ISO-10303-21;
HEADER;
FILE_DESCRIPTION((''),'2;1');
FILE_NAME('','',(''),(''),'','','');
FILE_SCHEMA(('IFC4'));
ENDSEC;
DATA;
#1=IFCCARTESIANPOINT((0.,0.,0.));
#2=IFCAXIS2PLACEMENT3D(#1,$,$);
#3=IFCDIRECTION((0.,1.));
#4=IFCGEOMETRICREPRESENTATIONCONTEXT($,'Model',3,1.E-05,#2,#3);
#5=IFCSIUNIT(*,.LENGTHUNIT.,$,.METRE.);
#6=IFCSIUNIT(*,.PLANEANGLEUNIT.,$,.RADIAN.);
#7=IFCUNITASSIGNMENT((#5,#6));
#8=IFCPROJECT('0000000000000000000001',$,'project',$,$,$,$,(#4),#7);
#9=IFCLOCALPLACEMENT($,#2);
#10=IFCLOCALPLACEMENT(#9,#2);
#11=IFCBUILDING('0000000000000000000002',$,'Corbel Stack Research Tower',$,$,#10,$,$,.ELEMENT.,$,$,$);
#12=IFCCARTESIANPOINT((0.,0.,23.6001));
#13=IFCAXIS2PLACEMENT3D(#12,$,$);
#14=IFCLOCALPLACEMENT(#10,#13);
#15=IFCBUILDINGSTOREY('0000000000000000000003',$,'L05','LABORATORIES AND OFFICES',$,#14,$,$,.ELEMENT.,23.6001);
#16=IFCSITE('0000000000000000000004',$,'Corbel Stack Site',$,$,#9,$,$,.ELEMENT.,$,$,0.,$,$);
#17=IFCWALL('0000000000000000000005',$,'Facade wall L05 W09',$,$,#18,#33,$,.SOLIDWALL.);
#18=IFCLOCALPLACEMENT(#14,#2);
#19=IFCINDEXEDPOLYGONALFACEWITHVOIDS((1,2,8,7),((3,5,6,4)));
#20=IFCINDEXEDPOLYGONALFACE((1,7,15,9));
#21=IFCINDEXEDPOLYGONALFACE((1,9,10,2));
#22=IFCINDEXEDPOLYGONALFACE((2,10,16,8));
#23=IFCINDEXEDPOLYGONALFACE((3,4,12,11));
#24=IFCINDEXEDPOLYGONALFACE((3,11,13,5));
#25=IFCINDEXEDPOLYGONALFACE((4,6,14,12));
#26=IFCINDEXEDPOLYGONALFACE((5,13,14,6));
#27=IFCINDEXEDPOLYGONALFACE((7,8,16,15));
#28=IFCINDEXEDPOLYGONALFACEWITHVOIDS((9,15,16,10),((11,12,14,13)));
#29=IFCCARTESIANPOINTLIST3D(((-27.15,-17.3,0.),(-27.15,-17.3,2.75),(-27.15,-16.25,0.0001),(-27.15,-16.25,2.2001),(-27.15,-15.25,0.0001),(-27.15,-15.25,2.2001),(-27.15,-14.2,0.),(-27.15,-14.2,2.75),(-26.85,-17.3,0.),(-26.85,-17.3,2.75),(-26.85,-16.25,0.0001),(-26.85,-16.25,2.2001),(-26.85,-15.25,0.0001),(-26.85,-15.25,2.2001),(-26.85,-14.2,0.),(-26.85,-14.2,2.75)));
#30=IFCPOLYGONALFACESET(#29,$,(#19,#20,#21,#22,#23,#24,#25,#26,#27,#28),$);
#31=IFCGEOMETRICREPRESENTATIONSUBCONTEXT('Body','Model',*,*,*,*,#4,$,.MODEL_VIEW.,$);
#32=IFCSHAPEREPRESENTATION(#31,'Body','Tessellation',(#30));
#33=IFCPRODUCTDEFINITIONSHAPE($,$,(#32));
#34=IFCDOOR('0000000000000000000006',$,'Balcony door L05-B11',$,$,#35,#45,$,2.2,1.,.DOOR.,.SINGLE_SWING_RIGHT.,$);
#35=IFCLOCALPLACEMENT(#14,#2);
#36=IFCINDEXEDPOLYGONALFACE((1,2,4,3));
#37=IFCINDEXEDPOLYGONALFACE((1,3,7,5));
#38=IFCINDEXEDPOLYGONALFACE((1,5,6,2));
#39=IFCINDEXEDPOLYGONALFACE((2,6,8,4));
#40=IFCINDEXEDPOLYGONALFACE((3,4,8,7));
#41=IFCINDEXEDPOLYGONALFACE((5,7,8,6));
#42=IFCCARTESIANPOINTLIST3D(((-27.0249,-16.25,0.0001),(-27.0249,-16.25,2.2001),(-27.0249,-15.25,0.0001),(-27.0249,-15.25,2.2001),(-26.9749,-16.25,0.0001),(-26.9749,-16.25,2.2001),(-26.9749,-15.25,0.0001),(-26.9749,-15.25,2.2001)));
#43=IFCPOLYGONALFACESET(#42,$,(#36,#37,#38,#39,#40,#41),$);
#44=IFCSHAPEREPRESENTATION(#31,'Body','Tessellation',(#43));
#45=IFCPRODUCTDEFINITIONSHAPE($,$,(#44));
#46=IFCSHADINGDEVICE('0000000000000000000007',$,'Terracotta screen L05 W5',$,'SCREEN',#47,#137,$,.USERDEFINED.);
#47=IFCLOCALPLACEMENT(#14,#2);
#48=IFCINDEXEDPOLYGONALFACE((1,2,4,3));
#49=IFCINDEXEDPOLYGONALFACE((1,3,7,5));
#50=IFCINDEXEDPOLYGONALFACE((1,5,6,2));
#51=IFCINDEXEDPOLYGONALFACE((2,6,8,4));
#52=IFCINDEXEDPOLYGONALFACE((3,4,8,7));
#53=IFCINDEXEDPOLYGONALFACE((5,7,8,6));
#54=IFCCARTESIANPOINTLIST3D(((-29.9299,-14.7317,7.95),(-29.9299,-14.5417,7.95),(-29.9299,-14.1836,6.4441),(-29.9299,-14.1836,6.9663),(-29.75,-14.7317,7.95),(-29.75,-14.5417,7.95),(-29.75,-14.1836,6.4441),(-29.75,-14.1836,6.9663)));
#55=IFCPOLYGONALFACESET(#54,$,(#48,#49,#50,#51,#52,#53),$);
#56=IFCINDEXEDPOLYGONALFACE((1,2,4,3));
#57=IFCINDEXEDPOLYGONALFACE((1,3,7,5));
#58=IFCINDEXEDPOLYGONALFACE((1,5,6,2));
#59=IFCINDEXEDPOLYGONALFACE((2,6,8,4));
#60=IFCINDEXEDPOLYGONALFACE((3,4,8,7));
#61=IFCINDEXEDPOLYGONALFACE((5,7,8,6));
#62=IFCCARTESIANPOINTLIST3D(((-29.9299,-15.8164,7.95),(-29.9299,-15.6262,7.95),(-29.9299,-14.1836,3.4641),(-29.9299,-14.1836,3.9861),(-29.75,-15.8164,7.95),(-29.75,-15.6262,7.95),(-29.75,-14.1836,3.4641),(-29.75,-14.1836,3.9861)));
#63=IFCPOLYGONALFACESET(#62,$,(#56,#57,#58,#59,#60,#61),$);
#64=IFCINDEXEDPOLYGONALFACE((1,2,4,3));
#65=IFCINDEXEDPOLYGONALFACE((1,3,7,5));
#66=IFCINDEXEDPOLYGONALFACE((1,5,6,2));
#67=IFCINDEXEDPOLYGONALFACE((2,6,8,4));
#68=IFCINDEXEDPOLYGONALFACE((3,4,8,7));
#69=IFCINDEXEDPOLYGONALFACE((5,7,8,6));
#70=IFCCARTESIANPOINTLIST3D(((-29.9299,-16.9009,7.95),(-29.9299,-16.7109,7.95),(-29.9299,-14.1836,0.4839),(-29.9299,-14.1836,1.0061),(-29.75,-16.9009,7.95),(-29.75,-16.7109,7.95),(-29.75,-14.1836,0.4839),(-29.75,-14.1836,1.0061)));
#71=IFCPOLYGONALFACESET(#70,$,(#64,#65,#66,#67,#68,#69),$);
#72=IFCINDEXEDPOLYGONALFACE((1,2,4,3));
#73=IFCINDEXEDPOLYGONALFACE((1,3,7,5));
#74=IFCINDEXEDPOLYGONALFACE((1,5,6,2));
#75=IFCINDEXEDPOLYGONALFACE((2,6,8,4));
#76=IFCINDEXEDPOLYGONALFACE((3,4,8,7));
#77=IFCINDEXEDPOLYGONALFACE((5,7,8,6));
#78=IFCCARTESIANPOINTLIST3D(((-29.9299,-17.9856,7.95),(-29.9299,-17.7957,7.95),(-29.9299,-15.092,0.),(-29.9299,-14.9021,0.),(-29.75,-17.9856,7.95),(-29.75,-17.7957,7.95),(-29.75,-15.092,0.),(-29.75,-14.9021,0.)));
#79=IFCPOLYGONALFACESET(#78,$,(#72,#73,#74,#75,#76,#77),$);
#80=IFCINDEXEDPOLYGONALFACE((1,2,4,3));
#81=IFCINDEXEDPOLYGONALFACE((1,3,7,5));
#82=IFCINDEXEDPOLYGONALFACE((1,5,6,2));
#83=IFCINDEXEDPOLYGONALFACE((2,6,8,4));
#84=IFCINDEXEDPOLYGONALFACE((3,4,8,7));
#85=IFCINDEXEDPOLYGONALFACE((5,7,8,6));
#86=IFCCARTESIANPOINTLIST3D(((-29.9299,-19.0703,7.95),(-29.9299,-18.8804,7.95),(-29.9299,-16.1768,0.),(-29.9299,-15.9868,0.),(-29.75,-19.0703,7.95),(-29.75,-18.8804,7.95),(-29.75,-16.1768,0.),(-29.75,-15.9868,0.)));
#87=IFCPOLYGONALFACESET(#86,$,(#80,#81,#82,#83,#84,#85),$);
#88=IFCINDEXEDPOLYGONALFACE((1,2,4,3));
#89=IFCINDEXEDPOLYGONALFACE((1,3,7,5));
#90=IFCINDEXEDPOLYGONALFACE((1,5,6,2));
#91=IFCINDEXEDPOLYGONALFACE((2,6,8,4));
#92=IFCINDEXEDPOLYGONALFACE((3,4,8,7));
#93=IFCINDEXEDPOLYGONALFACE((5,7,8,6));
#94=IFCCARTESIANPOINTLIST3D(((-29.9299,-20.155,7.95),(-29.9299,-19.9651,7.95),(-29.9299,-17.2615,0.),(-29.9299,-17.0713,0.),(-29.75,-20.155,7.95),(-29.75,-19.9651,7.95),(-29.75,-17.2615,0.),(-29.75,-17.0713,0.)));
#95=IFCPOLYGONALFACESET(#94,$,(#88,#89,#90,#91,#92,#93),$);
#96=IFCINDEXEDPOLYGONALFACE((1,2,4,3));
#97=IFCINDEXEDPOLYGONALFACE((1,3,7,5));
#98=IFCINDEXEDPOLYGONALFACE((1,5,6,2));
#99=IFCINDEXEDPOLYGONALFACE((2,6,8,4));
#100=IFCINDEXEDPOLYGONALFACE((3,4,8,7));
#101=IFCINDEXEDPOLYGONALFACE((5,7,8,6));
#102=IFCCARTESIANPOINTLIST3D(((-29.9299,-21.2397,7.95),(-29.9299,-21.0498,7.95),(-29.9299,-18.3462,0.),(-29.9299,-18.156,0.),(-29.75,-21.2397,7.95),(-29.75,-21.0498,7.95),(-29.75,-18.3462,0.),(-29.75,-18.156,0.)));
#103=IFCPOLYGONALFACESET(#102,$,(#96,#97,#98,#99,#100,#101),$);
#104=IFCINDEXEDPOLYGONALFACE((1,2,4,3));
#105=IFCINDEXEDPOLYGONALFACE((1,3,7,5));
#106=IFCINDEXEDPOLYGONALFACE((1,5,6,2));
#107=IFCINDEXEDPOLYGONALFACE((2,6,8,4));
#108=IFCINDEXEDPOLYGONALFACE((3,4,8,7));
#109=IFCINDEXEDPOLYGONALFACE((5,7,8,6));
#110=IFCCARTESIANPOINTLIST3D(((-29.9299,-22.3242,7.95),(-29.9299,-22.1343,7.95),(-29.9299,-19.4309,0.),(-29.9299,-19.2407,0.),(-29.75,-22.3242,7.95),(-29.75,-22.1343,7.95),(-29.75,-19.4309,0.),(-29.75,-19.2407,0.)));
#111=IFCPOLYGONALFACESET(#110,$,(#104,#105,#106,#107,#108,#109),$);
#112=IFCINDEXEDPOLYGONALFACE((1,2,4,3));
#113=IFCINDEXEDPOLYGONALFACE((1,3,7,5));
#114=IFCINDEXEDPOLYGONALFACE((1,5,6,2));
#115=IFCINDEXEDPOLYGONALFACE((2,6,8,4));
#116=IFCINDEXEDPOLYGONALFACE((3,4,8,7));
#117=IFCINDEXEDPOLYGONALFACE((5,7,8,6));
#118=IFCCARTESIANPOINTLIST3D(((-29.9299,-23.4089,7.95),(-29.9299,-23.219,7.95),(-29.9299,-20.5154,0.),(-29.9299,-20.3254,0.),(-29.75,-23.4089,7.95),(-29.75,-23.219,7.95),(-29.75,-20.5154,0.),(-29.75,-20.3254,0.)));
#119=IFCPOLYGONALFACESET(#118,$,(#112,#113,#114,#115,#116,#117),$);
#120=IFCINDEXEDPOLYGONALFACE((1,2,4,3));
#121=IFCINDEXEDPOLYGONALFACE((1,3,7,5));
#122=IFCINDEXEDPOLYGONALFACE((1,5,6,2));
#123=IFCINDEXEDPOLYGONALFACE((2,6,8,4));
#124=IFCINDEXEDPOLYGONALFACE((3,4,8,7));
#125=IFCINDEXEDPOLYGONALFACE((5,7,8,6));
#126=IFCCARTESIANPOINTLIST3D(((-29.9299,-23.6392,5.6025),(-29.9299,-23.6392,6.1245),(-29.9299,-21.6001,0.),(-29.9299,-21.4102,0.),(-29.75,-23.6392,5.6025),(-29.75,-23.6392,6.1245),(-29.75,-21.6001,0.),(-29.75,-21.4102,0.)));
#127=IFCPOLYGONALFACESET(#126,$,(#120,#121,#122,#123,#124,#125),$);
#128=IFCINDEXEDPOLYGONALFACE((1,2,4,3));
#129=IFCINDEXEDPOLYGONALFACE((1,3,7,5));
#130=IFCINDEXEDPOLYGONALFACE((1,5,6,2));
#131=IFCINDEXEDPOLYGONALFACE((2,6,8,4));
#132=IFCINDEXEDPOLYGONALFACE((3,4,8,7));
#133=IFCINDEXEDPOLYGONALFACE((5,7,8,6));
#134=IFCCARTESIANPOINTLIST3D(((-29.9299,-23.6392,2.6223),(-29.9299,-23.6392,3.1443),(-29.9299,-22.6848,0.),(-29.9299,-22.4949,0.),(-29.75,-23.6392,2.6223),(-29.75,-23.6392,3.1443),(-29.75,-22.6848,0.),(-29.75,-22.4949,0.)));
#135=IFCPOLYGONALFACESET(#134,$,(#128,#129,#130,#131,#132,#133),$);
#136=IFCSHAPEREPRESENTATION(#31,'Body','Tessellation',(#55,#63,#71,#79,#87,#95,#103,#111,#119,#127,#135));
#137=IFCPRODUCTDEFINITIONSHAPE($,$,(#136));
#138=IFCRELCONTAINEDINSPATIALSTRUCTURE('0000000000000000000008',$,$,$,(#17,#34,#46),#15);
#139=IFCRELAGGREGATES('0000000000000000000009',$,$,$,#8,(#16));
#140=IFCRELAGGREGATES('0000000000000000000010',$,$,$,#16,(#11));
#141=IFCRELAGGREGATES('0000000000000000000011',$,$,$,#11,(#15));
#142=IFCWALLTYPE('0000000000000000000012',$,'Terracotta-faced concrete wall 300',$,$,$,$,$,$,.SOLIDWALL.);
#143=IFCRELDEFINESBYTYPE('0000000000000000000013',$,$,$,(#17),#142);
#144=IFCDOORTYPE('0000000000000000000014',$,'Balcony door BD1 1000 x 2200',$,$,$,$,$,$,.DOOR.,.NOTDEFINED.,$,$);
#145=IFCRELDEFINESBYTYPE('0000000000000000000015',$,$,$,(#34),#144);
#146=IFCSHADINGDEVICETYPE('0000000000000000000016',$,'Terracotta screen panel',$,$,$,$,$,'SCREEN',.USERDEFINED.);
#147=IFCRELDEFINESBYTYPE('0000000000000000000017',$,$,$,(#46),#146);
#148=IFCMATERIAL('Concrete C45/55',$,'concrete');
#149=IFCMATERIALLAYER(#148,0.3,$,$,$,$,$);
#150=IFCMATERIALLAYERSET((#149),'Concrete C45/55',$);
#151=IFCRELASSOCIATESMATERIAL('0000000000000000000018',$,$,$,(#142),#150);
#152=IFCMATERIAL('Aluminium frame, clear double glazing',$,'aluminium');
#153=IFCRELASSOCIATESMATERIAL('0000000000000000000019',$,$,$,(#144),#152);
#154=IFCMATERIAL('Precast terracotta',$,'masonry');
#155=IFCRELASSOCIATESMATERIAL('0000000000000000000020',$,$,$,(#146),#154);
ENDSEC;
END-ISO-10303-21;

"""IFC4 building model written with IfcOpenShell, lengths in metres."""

from ifc_helpers import new_model, si_unit, direction, frame, frame_2d, origin, place, context, subcontext, project, spatial, polyline, rectangle, outline, extrude, source, transform, mapped, material, layer, layer_set, type_object, element, fill, save


model = new_model("IFC4")

# Units and contexts
model_context = context("Model", 3, precision=1e-05, world=origin(), true_north=direction((0.0, 1.0)))
body_context = subcontext(model_context, "Body", "Model", "MODEL_VIEW")
ifc_project = project(units=[si_unit("LENGTHUNIT", "METRE"), si_unit("PLANEANGLEUNIT", "RADIAN")], contexts=[model_context])

# Site, building, storey
site_placement = place(None, origin())
site = spatial("IfcSite", under=ifc_project, at=site_placement, Name="Corbel Stack Site", CompositionType="ELEMENT", RefElevation=0.0)
building_placement = place(site_placement, origin())
building = spatial("IfcBuilding", under=site, at=building_placement, Name="Corbel Stack Research Tower", CompositionType="ELEMENT")
storey_placement = place(building_placement, frame((0.0, 0.0, 23.6001)))
storey = spatial("IfcBuildingStorey", under=building, at=storey_placement, Name="L05", Description="LABORATORIES AND OFFICES", CompositionType="ELEMENT", Elevation=23.6001)

# Shared definitions
ifc_material_1 = material(Name="Concrete C45/55", Category="concrete")
ifc_layer_1 = layer(ifc_material_1, 0.3)
ifc_layer_set_1 = layer_set([ifc_layer_1], Name="Concrete C45/55")
wall_type_1 = type_object("IfcWallType", Name="Terracotta-faced concrete wall 300", PredefinedType="SOLIDWALL", material=ifc_layer_set_1)

# Wall, opening, door
wall_1_placement = place(storey_placement, frame((-27.0, -17.3, 0.0), z_axis=(0.0, 0.0, 1.0), x_axis=(0.0, 1.0, 0.0)))
wall_1 = element("IfcWall", 1, at=wall_1_placement, inside=storey, type_object=wall_type_1, Name="Facade wall L05 W09", PredefinedType="SOLIDWALL", context=body_context, shape_type="SweptSolid", body=[
    extrude(rectangle(XDim=3.1001, YDim=0.3, at=frame_2d((1.55, 0.0))), origin(), (0.0, 0.0, 1.0), 2.75),
])
opening_1_placement = place(wall_1_placement, frame((1.05, 0.0, 0.0)))
opening_1 = element("IfcOpeningElement", 2, at=opening_1_placement, cuts=wall_1, PredefinedType="OPENING", context=body_context, shape_type="SweptSolid", body=[
    extrude(rectangle(XDim=1.0, YDim=2.2, at=frame_2d((0.5, 1.1001))), frame((0.0, 0.1599, 0.0), z_axis=(0.0, -1.0, 0.0), x_axis=(1.0, 0.0, 0.0)), (0.0, 0.0, 1.0), 0.3201),
])
ifc_material_2 = material(Name="Aluminium frame, clear double glazing", Category="aluminium")
door_type_1 = type_object("IfcDoorType", Name="Balcony door BD1 1000 x 2200", OperationType="NOTDEFINED", PredefinedType="DOOR", material=ifc_material_2)
door_1_placement = place(opening_1_placement, origin())
door_1 = element("IfcDoor", 3, at=door_1_placement, inside=storey, type_object=door_type_1, Name="Balcony door L05-B11", OperationType="SINGLE_SWING_RIGHT", OverallHeight=2.2, OverallWidth=1.0, PredefinedType="DOOR", context=body_context, shape_type="SweptSolid", body=[
    extrude(rectangle(XDim=1.0, YDim=2.2, at=frame_2d((0.5, 1.1001))), frame((0.0, 0.0249, 0.0), z_axis=(0.0, -1.0, 0.0), x_axis=(1.0, 0.0, 0.0)), (0.0, 0.0, 1.0), 0.05),
])
fill(opening_1, door_1)

# Shading device
ifc_material_3 = material(Name="Precast terracotta", Category="masonry")
shading_device_type = type_object("IfcShadingDeviceType", Name="Terracotta screen panel", ElementType="SCREEN", PredefinedType="USERDEFINED", material=ifc_material_3)
shared_shape_1 = source(origin(), body_context, "Body", "SweptSolid", [
    extrude(outline(polyline([(0.5481, 7.95), (0.3582, 7.95), (0.0, 6.9663), (0.0, 6.4441), (0.5481, 7.95)])), frame((0.0, 0.0, 0.0), z_axis=(0.0, -1.0, 0.0), x_axis=(1.0, 0.0, 0.0)), (0.0, 0.0, 1.0), 0.1799),
    extrude(outline(polyline([(1.6328, 7.95), (1.4426, 7.95), (0.0, 3.9861), (0.0, 3.4641), (1.6328, 7.95)])), frame((0.0, 0.0, 0.0), z_axis=(0.0, -1.0, 0.0), x_axis=(1.0, 0.0, 0.0)), (0.0, 0.0, 1.0), 0.1799),
    extrude(outline(polyline([(2.7173, 7.95), (2.5273, 7.95), (0.0, 1.0061), (0.0, 0.4839), (2.7173, 7.95)])), frame((0.0, 0.0, 0.0), z_axis=(0.0, -1.0, 0.0), x_axis=(1.0, 0.0, 0.0)), (0.0, 0.0, 1.0), 0.1799),
    extrude(outline(polyline([(0.9084, 0.0), (3.802, 7.95), (3.6121, 7.95), (0.7185, 0.0), (0.9084, 0.0)])), frame((0.0, 0.0, 0.0), z_axis=(0.0, -1.0, 0.0), x_axis=(1.0, 0.0, 0.0)), (0.0, 0.0, 1.0), 0.1799),
    extrude(outline(polyline([(1.9932, 0.0), (4.8867, 7.95), (4.6968, 7.95), (1.8032, 0.0), (1.9932, 0.0)])), frame((0.0, 0.0, 0.0), z_axis=(0.0, -1.0, 0.0), x_axis=(1.0, 0.0, 0.0)), (0.0, 0.0, 1.0), 0.1799),
    extrude(outline(polyline([(3.0779, 0.0), (5.9714, 7.95), (5.7815, 7.95), (2.8877, 0.0), (3.0779, 0.0)])), frame((0.0, 0.0, 0.0), z_axis=(0.0, -1.0, 0.0), x_axis=(1.0, 0.0, 0.0)), (0.0, 0.0, 1.0), 0.1799),
    extrude(outline(polyline([(4.1626, 0.0), (7.0562, 7.95), (6.8662, 7.95), (3.9724, 0.0), (4.1626, 0.0)])), frame((0.0, 0.0, 0.0), z_axis=(0.0, -1.0, 0.0), x_axis=(1.0, 0.0, 0.0)), (0.0, 0.0, 1.0), 0.1799),
    extrude(outline(polyline([(5.2473, 0.0), (8.1406, 7.95), (7.9507, 7.95), (5.0571, 0.0), (5.2473, 0.0)])), frame((0.0, 0.0, 0.0), z_axis=(0.0, -1.0, 0.0), x_axis=(1.0, 0.0, 0.0)), (0.0, 0.0, 1.0), 0.1799),
    extrude(outline(polyline([(6.3318, 0.0), (9.2253, 7.95), (9.0354, 7.95), (6.1418, 0.0), (6.3318, 0.0)])), frame((0.0, 0.0, 0.0), z_axis=(0.0, -1.0, 0.0), x_axis=(1.0, 0.0, 0.0)), (0.0, 0.0, 1.0), 0.1799),
    extrude(outline(polyline([(7.4165, 0.0), (9.4556, 5.6025), (9.4556, 6.1245), (7.2266, 0.0), (7.4165, 0.0)])), frame((0.0, 0.0, 0.0), z_axis=(0.0, -1.0, 0.0), x_axis=(1.0, 0.0, 0.0)), (0.0, 0.0, 1.0), 0.1799),
    extrude(outline(polyline([(8.5012, 0.0), (9.4556, 2.6223), (9.4556, 3.1443), (8.3113, 0.0), (8.5012, 0.0)])), frame((0.0, 0.0, 0.0), z_axis=(0.0, -1.0, 0.0), x_axis=(1.0, 0.0, 0.0)), (0.0, 0.0, 1.0), 0.1799),
])
shading_device_1_placement = place(storey_placement, frame((-29.75, -14.1836, 0.0), z_axis=(0.0, 0.0, 1.0), x_axis=(0.0, -1.0, 0.0)))
element("IfcShadingDevice", 4, at=shading_device_1_placement, inside=storey, type_object=shading_device_type, Name="Terracotta screen L05 W5", ObjectType="SCREEN", PredefinedType="USERDEFINED", context=body_context, shape_type="MappedRepresentation", body=[
    mapped(shared_shape_1, transform((0.0, 0.0, 0.0))),
])

save(model, "model.ifc")
